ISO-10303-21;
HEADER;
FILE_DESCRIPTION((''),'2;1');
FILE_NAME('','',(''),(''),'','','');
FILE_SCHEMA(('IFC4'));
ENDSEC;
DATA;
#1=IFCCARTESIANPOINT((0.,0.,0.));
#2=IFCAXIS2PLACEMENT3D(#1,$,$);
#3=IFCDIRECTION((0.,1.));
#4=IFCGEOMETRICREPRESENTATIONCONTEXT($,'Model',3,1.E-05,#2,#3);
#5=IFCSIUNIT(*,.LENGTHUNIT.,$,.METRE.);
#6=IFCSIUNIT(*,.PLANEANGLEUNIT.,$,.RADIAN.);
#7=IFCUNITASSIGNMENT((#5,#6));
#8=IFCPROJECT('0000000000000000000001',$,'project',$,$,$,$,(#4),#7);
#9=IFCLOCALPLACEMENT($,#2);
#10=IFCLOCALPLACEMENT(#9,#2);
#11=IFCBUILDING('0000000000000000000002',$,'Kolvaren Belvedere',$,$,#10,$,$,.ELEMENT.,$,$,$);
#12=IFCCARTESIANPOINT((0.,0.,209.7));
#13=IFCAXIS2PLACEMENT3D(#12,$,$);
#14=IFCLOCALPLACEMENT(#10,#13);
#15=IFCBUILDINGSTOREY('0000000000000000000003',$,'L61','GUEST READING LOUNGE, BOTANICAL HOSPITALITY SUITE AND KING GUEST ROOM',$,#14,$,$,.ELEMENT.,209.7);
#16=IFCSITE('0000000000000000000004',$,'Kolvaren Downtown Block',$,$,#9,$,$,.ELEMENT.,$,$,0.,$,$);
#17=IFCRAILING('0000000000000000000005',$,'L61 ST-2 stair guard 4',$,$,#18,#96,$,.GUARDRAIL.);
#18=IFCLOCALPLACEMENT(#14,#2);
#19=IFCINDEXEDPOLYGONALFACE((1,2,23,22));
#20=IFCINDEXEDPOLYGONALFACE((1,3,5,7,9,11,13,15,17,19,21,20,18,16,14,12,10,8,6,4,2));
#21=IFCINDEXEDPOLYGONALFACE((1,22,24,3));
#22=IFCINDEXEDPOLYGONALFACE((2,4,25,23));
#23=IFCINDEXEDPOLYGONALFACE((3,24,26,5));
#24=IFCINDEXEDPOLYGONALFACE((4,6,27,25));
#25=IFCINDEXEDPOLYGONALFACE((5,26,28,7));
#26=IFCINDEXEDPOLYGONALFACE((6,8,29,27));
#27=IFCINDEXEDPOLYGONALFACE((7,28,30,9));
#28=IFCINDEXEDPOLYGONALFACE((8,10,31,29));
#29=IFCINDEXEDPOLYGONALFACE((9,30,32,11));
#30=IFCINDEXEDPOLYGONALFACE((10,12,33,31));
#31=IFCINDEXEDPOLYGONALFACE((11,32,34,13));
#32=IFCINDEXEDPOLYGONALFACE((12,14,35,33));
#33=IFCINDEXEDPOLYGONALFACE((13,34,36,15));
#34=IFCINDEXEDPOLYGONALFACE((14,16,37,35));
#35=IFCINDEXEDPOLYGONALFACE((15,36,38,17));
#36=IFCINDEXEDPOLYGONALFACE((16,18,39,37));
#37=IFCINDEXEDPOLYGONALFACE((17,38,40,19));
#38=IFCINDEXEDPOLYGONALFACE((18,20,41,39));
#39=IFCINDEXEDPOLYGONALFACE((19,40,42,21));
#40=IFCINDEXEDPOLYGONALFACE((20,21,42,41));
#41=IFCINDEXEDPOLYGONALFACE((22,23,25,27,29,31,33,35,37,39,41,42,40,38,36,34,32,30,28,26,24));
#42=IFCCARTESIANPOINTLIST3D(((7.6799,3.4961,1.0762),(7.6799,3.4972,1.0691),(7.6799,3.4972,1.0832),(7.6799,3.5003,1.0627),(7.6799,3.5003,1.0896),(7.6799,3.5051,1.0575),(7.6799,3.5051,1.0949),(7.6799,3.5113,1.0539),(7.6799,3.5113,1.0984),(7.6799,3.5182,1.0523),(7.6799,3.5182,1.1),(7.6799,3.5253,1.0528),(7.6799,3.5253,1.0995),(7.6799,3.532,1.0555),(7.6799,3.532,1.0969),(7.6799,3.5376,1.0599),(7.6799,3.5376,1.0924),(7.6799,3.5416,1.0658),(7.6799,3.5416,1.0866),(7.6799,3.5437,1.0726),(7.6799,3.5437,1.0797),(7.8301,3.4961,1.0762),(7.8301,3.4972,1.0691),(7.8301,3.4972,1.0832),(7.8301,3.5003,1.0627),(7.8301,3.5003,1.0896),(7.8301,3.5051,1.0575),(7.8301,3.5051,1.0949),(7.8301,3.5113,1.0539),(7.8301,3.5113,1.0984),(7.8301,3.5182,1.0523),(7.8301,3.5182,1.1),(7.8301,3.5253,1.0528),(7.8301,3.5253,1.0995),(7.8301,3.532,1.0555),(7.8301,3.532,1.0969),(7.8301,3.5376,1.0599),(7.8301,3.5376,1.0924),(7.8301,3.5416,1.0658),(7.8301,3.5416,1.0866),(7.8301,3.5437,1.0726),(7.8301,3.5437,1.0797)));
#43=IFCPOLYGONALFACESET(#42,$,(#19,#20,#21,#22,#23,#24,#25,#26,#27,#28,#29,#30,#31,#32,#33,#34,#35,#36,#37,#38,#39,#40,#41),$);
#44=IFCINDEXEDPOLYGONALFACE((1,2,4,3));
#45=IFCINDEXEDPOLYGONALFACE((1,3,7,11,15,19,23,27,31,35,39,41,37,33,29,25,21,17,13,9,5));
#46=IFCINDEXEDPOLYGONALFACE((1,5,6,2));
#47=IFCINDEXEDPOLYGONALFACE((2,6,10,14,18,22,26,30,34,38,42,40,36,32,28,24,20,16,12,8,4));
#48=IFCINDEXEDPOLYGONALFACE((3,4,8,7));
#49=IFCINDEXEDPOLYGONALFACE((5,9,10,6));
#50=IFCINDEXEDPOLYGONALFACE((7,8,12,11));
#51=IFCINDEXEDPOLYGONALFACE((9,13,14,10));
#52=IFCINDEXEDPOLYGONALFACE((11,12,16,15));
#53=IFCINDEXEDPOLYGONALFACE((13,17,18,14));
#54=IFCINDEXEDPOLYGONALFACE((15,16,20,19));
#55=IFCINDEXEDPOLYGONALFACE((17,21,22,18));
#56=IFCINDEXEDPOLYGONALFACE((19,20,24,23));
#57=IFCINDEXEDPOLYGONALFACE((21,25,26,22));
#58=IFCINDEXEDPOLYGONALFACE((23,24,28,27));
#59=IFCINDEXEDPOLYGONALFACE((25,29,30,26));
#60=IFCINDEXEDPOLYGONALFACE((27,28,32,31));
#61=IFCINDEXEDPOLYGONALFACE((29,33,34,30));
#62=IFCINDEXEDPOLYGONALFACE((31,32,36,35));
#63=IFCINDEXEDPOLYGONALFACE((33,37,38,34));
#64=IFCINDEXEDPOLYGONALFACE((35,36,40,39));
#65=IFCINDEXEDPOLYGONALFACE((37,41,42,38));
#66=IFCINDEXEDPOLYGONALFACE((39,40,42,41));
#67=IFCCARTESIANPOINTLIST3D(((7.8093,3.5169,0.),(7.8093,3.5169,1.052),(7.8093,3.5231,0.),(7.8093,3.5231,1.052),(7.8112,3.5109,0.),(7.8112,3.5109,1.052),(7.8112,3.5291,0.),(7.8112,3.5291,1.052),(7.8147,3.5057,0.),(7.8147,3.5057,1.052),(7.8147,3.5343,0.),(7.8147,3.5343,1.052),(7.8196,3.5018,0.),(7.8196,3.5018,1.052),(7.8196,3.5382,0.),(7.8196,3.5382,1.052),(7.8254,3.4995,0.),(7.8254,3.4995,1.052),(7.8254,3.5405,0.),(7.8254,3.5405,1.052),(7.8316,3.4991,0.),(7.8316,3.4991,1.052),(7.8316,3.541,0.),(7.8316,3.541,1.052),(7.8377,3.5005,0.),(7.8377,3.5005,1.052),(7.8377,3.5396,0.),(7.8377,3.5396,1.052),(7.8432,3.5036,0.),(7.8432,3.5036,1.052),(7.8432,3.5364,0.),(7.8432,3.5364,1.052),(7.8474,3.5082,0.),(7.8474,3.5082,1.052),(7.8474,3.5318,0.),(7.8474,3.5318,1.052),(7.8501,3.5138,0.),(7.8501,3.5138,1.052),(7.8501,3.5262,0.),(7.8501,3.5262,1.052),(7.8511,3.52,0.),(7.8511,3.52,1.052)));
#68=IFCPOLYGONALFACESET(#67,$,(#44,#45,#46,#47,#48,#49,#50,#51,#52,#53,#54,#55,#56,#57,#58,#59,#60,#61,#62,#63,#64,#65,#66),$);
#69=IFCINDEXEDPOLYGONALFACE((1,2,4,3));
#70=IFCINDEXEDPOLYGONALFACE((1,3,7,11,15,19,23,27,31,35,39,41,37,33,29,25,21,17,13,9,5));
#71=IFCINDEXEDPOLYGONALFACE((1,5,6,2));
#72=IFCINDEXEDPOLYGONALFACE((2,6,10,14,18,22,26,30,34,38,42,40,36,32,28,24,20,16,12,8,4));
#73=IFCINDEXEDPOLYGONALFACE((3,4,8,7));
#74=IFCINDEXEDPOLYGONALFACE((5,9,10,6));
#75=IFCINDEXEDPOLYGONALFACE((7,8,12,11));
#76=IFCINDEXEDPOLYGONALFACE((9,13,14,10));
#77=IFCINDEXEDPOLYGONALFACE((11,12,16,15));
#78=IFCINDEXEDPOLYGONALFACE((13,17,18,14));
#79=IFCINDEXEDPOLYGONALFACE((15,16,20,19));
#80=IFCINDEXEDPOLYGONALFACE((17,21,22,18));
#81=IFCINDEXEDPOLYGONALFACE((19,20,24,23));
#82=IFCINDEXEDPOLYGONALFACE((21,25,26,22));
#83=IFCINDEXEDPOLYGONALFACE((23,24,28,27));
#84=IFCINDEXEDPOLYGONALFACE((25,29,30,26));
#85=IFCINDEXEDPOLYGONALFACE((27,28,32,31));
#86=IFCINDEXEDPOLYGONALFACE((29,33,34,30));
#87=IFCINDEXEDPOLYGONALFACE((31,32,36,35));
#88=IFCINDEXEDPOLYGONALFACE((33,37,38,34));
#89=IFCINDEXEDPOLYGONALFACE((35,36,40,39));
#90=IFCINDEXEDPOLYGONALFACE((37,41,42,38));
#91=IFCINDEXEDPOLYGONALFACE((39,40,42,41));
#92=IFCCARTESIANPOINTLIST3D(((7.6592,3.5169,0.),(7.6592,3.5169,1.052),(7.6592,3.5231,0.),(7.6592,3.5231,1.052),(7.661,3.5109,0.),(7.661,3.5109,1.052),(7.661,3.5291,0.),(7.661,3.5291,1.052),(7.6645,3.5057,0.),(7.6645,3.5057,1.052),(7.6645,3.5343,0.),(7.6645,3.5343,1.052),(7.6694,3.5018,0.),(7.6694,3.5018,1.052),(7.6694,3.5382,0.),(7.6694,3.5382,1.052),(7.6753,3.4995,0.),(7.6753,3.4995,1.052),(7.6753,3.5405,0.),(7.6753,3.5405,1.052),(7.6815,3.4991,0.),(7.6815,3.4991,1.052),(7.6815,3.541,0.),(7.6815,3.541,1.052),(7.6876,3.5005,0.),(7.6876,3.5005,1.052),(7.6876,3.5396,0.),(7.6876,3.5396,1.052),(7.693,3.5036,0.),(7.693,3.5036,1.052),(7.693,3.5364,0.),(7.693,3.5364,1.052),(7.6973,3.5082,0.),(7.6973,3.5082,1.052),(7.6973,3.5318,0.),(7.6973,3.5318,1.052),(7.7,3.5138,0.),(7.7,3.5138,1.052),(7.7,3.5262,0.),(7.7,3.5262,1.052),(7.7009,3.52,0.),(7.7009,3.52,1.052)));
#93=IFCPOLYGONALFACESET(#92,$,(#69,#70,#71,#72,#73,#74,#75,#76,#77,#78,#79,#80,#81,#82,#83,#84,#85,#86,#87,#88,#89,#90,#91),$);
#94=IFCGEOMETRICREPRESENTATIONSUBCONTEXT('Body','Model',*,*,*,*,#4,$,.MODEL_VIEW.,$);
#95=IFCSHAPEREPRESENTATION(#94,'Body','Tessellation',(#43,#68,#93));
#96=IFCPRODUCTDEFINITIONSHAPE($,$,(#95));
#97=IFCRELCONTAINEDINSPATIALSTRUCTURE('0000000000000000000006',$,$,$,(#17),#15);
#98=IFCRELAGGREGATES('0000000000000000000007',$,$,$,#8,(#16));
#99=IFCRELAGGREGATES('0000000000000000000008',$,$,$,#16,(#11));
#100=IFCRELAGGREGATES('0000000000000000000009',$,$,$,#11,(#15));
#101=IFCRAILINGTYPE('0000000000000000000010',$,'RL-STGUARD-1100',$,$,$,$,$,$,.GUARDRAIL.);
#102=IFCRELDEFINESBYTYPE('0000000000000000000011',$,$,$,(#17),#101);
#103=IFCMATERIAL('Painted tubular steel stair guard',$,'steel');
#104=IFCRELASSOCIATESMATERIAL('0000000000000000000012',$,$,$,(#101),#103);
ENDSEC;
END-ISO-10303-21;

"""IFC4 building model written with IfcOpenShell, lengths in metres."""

from ifc_helpers import new_model, si_unit, direction, frame, origin, origin_2d, place, context, subcontext, project, spatial, circle, extrude, material, type_object, element, save


model = new_model("IFC4")

# Units and contexts
model_context = context("Model", 3, precision=1e-05, world=origin(), true_north=direction((0.0, 1.0)))
body_context = subcontext(model_context, "Body", "Model", "MODEL_VIEW")
ifc_project = project(units=[si_unit("LENGTHUNIT", "METRE"), si_unit("PLANEANGLEUNIT", "RADIAN")], contexts=[model_context])

# Site, building, storey
site_placement = place(None, origin())
site = spatial("IfcSite", under=ifc_project, at=site_placement, Name="Kolvaren Downtown Block", CompositionType="ELEMENT", RefElevation=0.0)
building_placement = place(site_placement, origin())
building = spatial("IfcBuilding", under=site, at=building_placement, Name="Kolvaren Belvedere", CompositionType="ELEMENT")
storey_placement = place(building_placement, frame((0.0, 0.0, 209.7)))
storey = spatial("IfcBuildingStorey", under=building, at=storey_placement, Name="L61", Description="GUEST READING LOUNGE, BOTANICAL HOSPITALITY SUITE AND KING GUEST ROOM", CompositionType="ELEMENT", Elevation=209.7)

# Railing
ifc_material_1 = material(Name="Painted tubular steel stair guard", Category="steel")
railing_type_1 = type_object("IfcRailingType", Name="RL-STGUARD-1100", PredefinedType="GUARDRAIL", material=ifc_material_1)
railing_1_placement = place(storey_placement, frame((7.8301, 3.52, 0.0)))
element("IfcRailing", 1, at=railing_1_placement, inside=storey, type_object=railing_type_1, Name="L61 ST-2 stair guard 4", PredefinedType="GUARDRAIL", context=body_context, shape_type="SweptSolid", body=[
    extrude(circle(Radius=0.0239, at=origin_2d()), frame((0.0, 0.0, 1.0762), z_axis=(-1.0, 0.0, 0.0), x_axis=(0.0, -1.0, 0.0)), (0.0, 0.0, 1.0), 0.1501),
    extrude(circle(Radius=0.021, at=origin_2d()), origin(), (0.0, 0.0, 1.0), 1.052),
    extrude(circle(Radius=0.021, at=origin_2d()), frame((-0.1501, 0.0, 0.0)), (0.0, 0.0, 1.0), 1.052),
])

save(model, "model.ifc")
